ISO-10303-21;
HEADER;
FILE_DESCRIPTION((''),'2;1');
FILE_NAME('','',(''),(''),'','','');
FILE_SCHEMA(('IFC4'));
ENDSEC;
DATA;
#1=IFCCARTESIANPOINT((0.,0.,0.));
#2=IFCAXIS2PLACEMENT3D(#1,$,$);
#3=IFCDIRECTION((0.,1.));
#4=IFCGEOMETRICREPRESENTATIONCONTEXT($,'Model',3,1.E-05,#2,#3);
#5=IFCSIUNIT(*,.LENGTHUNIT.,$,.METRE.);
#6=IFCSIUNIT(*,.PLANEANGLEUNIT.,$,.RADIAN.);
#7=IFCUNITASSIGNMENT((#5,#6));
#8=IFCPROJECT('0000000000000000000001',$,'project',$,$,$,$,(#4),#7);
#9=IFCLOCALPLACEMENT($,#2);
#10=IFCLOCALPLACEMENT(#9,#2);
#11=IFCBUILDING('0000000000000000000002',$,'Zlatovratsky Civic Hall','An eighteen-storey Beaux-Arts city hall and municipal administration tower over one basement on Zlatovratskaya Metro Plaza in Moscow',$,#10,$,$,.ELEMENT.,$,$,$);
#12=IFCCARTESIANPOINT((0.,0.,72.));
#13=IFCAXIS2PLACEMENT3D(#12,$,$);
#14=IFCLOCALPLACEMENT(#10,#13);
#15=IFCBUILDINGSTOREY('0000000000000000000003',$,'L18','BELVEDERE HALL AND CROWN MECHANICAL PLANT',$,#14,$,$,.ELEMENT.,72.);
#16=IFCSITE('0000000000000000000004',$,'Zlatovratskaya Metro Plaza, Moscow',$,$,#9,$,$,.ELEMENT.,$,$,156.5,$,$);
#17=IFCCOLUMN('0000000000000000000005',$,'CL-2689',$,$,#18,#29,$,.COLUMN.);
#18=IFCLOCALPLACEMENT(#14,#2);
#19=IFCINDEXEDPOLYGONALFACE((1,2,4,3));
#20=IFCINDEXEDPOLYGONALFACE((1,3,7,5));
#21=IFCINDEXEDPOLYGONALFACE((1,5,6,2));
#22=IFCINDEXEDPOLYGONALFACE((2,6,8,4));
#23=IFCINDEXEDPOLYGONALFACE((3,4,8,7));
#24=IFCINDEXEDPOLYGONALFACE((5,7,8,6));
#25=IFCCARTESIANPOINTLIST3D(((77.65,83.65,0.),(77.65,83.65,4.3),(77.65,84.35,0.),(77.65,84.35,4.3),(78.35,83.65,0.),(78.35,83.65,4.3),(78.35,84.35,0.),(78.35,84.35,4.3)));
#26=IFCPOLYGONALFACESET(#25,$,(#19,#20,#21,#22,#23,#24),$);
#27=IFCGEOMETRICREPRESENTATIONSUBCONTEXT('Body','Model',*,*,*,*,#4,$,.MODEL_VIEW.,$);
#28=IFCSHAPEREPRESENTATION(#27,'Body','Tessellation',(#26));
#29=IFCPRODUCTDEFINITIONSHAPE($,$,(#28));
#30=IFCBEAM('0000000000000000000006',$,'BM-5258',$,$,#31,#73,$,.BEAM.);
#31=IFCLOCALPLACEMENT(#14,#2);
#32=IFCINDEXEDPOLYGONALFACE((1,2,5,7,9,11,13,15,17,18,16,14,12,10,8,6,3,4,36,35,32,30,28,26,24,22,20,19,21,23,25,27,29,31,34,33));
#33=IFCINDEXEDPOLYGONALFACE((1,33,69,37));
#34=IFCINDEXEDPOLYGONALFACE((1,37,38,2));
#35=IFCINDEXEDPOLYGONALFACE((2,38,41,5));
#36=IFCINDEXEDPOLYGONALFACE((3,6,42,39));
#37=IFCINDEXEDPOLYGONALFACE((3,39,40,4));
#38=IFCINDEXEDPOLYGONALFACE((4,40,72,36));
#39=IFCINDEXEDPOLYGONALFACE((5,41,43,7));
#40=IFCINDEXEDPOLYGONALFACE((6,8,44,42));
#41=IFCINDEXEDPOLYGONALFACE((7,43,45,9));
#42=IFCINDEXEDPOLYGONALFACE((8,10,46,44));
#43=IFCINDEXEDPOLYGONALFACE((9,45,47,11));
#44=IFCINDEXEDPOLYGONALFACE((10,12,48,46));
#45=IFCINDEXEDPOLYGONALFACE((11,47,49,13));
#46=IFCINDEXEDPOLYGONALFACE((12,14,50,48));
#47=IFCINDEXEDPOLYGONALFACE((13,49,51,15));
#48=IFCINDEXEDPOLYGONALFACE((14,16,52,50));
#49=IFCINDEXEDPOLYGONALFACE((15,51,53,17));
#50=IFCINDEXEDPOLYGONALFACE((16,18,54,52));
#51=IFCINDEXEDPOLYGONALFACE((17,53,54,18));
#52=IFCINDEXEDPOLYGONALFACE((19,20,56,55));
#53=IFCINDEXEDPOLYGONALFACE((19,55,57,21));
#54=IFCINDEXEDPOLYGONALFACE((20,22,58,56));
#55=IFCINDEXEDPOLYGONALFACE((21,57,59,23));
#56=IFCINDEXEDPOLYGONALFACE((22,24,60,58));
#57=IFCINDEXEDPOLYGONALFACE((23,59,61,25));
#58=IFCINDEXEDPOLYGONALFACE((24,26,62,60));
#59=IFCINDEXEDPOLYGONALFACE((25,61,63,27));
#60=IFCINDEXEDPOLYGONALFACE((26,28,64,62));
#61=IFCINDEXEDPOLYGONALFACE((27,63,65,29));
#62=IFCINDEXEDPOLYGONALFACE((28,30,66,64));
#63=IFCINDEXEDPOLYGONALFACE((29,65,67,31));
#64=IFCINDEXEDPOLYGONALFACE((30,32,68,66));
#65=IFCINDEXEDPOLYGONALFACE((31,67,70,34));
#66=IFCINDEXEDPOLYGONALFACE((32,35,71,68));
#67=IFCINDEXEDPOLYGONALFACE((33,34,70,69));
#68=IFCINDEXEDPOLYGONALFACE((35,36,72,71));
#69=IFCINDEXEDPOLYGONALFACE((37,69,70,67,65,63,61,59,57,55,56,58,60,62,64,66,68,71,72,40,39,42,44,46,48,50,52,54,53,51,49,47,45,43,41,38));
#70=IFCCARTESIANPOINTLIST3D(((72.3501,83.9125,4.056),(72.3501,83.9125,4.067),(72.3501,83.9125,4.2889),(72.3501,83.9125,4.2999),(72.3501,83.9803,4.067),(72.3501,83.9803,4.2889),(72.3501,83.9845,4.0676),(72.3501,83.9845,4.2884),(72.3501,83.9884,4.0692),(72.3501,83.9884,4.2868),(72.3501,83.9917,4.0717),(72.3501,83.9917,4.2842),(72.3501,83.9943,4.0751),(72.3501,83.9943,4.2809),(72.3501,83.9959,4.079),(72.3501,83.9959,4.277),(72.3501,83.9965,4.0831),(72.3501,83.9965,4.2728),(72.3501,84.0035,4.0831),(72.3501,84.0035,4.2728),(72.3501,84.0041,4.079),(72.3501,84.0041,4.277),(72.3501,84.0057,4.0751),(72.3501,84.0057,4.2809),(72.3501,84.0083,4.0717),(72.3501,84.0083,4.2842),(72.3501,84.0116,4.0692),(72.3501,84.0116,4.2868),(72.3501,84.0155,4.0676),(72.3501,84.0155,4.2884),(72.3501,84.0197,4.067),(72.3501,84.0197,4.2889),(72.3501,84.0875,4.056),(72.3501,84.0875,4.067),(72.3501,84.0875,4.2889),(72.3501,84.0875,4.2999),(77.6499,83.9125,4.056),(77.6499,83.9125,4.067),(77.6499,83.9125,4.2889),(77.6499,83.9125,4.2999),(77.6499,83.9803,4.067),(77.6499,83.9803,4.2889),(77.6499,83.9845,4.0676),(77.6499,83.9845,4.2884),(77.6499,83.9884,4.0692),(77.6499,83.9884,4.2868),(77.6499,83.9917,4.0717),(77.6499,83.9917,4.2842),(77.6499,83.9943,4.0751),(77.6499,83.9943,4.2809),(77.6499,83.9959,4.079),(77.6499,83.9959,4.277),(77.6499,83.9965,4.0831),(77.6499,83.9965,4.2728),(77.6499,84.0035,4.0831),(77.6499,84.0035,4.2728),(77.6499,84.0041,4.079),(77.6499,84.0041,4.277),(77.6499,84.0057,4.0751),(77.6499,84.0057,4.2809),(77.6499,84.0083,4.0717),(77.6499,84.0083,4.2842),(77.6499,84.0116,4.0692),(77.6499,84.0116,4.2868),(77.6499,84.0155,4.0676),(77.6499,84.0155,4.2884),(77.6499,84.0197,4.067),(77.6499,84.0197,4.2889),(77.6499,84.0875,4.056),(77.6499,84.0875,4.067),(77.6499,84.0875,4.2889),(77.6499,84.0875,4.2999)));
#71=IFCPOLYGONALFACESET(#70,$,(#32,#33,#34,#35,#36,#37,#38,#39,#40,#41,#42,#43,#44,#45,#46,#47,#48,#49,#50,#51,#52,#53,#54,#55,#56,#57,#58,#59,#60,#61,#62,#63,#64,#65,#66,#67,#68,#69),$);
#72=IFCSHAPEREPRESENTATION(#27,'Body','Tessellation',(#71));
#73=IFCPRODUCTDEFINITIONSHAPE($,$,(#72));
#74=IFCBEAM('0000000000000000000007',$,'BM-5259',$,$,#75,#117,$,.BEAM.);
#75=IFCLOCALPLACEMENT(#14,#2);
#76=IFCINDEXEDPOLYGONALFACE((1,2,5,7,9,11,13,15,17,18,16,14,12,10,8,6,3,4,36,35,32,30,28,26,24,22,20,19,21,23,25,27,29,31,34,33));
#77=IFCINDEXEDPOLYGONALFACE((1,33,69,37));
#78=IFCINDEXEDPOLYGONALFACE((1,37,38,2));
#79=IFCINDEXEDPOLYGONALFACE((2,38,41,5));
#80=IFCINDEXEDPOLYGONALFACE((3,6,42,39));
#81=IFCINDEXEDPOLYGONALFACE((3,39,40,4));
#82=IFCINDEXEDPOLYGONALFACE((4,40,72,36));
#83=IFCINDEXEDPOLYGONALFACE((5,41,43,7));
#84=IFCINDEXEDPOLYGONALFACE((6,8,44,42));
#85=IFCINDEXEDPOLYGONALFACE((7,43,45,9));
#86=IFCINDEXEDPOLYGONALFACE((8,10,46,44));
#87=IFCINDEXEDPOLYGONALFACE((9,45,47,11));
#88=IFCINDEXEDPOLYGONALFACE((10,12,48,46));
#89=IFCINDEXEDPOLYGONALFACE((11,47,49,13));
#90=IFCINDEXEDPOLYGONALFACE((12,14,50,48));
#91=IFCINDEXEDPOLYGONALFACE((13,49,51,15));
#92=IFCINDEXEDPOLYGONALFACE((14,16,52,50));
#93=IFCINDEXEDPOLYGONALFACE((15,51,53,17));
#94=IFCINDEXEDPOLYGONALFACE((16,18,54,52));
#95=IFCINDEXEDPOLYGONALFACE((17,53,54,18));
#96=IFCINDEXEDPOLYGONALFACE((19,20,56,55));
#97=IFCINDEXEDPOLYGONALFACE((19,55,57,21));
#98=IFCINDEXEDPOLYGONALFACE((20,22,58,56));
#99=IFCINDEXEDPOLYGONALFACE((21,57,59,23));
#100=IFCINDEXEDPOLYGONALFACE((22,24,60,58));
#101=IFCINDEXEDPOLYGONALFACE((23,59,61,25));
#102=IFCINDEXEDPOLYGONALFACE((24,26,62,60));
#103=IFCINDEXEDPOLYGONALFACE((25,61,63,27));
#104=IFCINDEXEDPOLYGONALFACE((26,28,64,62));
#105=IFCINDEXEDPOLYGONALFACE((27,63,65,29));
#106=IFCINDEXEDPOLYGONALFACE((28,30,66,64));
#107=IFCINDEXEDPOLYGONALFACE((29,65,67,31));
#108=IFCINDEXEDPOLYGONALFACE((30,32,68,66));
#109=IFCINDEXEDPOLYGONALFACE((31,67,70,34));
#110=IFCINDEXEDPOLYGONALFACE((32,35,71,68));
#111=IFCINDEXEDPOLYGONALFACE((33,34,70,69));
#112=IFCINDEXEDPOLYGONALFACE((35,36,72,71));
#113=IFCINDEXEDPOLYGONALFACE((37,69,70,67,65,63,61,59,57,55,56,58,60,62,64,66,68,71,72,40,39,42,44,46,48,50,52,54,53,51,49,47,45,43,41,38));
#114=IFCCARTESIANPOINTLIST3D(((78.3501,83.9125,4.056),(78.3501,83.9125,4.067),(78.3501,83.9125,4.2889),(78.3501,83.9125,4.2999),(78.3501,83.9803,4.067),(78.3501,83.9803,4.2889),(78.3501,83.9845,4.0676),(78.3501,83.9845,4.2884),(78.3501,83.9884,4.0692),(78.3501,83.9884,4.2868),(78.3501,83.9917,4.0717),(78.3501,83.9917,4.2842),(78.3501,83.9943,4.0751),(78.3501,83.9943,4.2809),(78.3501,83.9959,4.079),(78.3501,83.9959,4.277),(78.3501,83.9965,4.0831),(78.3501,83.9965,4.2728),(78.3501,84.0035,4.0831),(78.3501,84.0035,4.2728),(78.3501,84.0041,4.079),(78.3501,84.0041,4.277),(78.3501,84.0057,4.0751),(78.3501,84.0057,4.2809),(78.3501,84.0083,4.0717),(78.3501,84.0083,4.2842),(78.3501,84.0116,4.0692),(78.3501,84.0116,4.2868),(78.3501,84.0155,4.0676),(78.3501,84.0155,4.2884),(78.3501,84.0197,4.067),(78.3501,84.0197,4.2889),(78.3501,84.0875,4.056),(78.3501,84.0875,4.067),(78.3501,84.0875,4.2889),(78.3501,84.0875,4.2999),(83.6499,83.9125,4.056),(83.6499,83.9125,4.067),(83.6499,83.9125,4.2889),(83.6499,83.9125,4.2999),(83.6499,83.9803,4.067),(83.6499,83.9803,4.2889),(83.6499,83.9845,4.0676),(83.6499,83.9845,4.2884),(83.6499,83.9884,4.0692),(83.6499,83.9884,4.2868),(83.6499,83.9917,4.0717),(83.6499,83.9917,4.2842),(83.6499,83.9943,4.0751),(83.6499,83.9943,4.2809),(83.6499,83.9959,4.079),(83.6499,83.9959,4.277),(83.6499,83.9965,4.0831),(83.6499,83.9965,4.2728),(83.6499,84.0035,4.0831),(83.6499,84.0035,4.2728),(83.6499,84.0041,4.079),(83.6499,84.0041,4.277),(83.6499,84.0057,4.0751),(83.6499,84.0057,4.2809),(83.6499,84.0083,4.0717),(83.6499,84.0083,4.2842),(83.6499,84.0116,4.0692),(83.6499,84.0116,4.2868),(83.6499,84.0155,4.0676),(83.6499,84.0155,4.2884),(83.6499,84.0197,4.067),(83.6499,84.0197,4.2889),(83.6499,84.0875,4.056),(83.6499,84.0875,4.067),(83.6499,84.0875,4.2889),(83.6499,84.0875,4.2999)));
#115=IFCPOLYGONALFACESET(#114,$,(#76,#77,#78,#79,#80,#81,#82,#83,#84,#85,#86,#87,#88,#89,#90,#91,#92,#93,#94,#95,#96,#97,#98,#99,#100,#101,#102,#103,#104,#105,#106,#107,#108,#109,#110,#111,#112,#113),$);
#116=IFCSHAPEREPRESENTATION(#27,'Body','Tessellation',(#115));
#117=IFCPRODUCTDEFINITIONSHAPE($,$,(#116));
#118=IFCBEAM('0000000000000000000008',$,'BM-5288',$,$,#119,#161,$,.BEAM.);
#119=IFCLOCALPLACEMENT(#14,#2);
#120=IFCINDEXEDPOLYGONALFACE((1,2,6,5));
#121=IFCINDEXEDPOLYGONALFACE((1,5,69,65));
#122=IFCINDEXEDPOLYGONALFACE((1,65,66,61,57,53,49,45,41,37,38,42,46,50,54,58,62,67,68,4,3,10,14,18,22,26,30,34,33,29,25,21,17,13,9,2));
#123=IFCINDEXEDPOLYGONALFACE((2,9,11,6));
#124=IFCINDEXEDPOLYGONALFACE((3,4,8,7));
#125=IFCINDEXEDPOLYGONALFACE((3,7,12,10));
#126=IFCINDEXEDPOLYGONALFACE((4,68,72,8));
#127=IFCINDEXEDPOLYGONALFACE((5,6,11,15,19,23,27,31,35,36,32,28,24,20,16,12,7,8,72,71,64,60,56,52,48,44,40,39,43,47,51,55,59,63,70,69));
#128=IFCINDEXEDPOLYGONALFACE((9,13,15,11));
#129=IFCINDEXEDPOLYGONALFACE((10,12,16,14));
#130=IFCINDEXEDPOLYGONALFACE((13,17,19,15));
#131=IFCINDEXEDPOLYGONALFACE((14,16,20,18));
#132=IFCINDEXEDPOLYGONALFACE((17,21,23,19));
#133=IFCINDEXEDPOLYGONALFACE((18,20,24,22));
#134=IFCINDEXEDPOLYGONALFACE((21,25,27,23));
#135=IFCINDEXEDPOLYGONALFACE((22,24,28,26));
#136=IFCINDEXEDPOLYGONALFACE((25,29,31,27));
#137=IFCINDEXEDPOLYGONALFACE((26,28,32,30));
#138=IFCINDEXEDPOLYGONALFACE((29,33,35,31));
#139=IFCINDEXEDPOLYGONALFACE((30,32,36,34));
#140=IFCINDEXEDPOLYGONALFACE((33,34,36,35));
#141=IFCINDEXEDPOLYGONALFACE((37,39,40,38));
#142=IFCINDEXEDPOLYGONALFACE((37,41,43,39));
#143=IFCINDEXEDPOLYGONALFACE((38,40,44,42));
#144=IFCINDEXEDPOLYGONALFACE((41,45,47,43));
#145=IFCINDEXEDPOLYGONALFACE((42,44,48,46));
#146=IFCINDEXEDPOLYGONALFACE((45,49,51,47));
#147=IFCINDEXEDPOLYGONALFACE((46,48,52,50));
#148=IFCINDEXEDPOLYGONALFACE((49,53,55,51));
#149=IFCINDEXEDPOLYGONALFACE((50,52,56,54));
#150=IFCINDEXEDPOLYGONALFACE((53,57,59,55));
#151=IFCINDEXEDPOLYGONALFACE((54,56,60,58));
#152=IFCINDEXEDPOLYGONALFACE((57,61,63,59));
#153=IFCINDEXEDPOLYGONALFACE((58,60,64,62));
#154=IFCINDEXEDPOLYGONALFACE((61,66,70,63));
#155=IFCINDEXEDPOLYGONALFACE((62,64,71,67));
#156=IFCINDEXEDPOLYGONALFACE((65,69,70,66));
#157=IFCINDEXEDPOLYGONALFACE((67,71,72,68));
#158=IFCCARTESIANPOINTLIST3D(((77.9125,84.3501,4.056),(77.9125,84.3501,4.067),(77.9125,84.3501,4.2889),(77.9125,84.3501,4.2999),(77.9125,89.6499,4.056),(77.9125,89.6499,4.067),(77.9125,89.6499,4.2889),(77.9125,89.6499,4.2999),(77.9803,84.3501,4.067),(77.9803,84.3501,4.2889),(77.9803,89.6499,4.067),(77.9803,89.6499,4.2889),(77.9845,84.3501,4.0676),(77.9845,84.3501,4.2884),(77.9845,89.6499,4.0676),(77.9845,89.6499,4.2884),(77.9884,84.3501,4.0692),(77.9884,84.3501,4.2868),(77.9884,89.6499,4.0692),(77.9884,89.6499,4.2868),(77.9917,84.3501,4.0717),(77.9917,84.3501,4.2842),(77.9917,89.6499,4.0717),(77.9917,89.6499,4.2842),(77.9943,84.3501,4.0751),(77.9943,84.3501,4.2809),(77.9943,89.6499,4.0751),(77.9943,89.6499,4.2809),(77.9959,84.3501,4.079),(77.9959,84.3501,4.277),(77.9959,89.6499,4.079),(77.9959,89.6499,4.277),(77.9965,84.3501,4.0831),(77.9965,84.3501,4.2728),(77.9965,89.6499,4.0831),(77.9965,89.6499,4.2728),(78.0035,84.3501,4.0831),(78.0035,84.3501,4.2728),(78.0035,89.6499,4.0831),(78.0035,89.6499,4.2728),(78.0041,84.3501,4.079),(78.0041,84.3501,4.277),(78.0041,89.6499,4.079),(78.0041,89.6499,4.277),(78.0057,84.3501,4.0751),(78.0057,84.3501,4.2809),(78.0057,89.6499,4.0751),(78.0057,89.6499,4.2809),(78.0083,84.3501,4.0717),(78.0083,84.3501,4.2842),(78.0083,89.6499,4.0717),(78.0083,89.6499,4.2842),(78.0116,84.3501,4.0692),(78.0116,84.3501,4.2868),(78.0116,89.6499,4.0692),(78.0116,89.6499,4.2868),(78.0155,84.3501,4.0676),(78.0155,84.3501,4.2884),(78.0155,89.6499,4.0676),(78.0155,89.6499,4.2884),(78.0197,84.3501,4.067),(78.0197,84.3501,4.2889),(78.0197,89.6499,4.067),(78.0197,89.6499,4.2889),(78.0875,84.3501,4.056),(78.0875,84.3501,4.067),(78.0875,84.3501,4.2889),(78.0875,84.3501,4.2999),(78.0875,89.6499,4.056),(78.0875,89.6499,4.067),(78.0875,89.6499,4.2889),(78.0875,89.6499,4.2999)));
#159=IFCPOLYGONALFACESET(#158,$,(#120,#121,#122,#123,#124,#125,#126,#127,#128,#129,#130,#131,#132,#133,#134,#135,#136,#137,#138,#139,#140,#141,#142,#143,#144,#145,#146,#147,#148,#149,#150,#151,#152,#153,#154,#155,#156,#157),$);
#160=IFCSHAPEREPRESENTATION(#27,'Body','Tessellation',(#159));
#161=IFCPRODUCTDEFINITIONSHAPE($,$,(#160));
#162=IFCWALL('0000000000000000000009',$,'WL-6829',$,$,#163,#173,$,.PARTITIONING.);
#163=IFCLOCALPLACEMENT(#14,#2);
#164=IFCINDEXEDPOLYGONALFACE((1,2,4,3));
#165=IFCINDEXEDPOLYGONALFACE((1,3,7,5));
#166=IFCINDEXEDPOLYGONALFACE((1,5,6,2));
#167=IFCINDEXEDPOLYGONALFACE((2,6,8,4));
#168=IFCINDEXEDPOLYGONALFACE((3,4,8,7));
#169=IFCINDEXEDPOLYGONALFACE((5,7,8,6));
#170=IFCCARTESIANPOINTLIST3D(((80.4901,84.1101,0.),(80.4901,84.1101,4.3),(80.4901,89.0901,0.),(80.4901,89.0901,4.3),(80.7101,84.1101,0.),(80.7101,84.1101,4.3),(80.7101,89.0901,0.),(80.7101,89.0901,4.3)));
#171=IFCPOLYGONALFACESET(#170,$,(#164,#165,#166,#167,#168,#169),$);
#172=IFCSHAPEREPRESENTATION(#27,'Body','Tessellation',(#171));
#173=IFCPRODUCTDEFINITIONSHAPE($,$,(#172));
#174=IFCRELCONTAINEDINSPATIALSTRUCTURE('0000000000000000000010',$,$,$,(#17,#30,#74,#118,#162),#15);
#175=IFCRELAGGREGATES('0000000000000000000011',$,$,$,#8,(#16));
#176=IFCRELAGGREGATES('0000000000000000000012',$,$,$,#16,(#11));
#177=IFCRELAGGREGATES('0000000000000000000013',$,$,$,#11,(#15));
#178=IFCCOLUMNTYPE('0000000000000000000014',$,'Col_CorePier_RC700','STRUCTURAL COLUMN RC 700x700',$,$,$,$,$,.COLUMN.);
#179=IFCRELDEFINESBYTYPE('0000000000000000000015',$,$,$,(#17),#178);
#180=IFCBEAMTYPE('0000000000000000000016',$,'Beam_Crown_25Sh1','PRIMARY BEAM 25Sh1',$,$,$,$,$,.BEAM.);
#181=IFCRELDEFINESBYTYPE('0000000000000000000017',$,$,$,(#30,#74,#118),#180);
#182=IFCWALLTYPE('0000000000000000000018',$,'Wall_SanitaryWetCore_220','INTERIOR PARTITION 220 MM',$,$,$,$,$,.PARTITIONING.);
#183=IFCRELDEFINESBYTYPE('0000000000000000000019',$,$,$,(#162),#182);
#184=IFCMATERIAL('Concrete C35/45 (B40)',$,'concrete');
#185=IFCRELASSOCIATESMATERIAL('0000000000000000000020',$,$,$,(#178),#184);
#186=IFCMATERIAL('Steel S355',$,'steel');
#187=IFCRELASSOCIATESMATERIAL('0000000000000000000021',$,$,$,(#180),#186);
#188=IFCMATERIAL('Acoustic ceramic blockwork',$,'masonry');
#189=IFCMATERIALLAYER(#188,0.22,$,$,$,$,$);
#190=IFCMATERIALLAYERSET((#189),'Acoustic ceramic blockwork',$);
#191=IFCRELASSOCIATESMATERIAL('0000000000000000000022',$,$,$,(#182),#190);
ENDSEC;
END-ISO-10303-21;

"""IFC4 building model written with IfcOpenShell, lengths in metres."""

from ifc_helpers import new_model, si_unit, direction, frame, frame_2d, origin, origin_2d, place, context, subcontext, project, spatial, rectangle, i_section, extrude, material, layer, layer_set, material_profile, profile_set, type_object, element, save


model = new_model("IFC4")

# Units and contexts
model_context = context("Model", 3, precision=1e-05, world=origin(), true_north=direction((0.0, 1.0)))
body_context = subcontext(model_context, "Body", "Model", "MODEL_VIEW")
ifc_project = project(units=[si_unit("LENGTHUNIT", "METRE"), si_unit("PLANEANGLEUNIT", "RADIAN")], contexts=[model_context])

# Site, building, storey
site_placement = place(None, origin())
site = spatial("IfcSite", under=ifc_project, at=site_placement, Name="Zlatovratskaya Metro Plaza, Moscow", CompositionType="ELEMENT", RefElevation=156.5)
building_placement = place(site_placement, origin())
building = spatial("IfcBuilding", under=site, at=building_placement, Name="Zlatovratsky Civic Hall", Description="An eighteen-storey Beaux-Arts city hall and municipal administration tower over one basement on Zlatovratskaya Metro Plaza in Moscow", CompositionType="ELEMENT")
storey_placement = place(building_placement, frame((0.0, 0.0, 72.0)))
storey = spatial("IfcBuildingStorey", under=building, at=storey_placement, Name="L18", Description="BELVEDERE HALL AND CROWN MECHANICAL PLANT", CompositionType="ELEMENT", Elevation=72.0)

# Column
ifc_material_1 = material(Name="Concrete C35/45 (B40)", Category="concrete")
ifc_material_profile_1 = material_profile(ifc_material_1, rectangle(XDim=0.7, YDim=0.7, at=origin_2d()), Name="RC 700x700")
ifc_profile_set_1 = profile_set([ifc_material_profile_1], Name="Concrete C35/45 (B40)")
column_type = type_object("IfcColumnType", Name="Col_CorePier_RC700", Description="STRUCTURAL COLUMN RC 700x700", PredefinedType="COLUMN", material=ifc_profile_set_1)
column_placement = place(storey_placement, frame((78.0, 84.0, 0.0), z_axis=(0.0, 0.0, 1.0), x_axis=(1.0, 0.0, 0.0)))
element("IfcColumn", 1, at=column_placement, inside=storey, type_object=column_type, Name="CL-2689", PredefinedType="COLUMN", context=body_context, shape_type="SweptSolid", body=[
    extrude(rectangle(XDim=0.7, YDim=0.7, at=origin_2d()), origin(), (0.0, 0.0, 1.0), 4.3),
])

# Beams
ifc_material_2 = material(Name="Steel S355", Category="steel")
ifc_material_profile_2 = material_profile(ifc_material_2, i_section(OverallWidth=0.175, OverallDepth=0.2439, WebThickness=0.0071, FlangeThickness=0.011, FilletRadius=0.0161, at=origin_2d()), Name="25Sh1")
ifc_profile_set_2 = profile_set([ifc_material_profile_2], Name="Steel S355")
beam_type = type_object("IfcBeamType", Name="Beam_Crown_25Sh1", Description="PRIMARY BEAM 25Sh1", PredefinedType="BEAM", material=ifc_profile_set_2)
for number, where, z_axis, x_axis, name in (
    (2, (72.3501, 84.0, 4.178), (1.0, 0.0, 0.0), (0.0, 1.0, 0.0), "BM-5258"),
    (3, (78.3501, 84.0, 4.178), (1.0, 0.0, 0.0), (0.0, 1.0, 0.0), "BM-5259"),
    (4, (78.0, 84.3501, 4.178), (0.0, 1.0, 0.0), (-1.0, 0.0, 0.0), "BM-5288"),
):
    element("IfcBeam", number, at=place(storey_placement, frame(where, z_axis=z_axis, x_axis=x_axis)), inside=storey, type_object=beam_type, Name=name, PredefinedType="BEAM", context=body_context, shape_type="SweptSolid", body=[
        extrude(i_section(OverallWidth=0.175, OverallDepth=0.2439, WebThickness=0.0071, FlangeThickness=0.011, FilletRadius=0.0161, at=origin_2d()), origin(), (0.0, 0.0, 1.0), 5.2998),
    ])

# Shared definitions
ifc_material_3 = material(Name="Acoustic ceramic blockwork", Category="masonry")
ifc_layer_1 = layer(ifc_material_3, 0.22)
ifc_layer_set_1 = layer_set([ifc_layer_1], Name="Acoustic ceramic blockwork")
wall_type_1 = type_object("IfcWallType", Name="Wall_SanitaryWetCore_220", Description="INTERIOR PARTITION 220 MM", PredefinedType="PARTITIONING", material=ifc_layer_set_1)

# Wall
wall_1_placement = place(storey_placement, frame((80.6001, 84.1101, 0.0), z_axis=(0.0, 0.0, 1.0), x_axis=(0.0, 1.0, 0.0)))
element("IfcWall", 5, at=wall_1_placement, inside=storey, type_object=wall_type_1, Name="WL-6829", PredefinedType="PARTITIONING", context=body_context, shape_type="SweptSolid", body=[
    extrude(rectangle(XDim=4.98, YDim=0.22, at=frame_2d((2.49, 0.0))), origin(), (0.0, 0.0, 1.0), 4.3),
])

save(model, "model.ifc")
